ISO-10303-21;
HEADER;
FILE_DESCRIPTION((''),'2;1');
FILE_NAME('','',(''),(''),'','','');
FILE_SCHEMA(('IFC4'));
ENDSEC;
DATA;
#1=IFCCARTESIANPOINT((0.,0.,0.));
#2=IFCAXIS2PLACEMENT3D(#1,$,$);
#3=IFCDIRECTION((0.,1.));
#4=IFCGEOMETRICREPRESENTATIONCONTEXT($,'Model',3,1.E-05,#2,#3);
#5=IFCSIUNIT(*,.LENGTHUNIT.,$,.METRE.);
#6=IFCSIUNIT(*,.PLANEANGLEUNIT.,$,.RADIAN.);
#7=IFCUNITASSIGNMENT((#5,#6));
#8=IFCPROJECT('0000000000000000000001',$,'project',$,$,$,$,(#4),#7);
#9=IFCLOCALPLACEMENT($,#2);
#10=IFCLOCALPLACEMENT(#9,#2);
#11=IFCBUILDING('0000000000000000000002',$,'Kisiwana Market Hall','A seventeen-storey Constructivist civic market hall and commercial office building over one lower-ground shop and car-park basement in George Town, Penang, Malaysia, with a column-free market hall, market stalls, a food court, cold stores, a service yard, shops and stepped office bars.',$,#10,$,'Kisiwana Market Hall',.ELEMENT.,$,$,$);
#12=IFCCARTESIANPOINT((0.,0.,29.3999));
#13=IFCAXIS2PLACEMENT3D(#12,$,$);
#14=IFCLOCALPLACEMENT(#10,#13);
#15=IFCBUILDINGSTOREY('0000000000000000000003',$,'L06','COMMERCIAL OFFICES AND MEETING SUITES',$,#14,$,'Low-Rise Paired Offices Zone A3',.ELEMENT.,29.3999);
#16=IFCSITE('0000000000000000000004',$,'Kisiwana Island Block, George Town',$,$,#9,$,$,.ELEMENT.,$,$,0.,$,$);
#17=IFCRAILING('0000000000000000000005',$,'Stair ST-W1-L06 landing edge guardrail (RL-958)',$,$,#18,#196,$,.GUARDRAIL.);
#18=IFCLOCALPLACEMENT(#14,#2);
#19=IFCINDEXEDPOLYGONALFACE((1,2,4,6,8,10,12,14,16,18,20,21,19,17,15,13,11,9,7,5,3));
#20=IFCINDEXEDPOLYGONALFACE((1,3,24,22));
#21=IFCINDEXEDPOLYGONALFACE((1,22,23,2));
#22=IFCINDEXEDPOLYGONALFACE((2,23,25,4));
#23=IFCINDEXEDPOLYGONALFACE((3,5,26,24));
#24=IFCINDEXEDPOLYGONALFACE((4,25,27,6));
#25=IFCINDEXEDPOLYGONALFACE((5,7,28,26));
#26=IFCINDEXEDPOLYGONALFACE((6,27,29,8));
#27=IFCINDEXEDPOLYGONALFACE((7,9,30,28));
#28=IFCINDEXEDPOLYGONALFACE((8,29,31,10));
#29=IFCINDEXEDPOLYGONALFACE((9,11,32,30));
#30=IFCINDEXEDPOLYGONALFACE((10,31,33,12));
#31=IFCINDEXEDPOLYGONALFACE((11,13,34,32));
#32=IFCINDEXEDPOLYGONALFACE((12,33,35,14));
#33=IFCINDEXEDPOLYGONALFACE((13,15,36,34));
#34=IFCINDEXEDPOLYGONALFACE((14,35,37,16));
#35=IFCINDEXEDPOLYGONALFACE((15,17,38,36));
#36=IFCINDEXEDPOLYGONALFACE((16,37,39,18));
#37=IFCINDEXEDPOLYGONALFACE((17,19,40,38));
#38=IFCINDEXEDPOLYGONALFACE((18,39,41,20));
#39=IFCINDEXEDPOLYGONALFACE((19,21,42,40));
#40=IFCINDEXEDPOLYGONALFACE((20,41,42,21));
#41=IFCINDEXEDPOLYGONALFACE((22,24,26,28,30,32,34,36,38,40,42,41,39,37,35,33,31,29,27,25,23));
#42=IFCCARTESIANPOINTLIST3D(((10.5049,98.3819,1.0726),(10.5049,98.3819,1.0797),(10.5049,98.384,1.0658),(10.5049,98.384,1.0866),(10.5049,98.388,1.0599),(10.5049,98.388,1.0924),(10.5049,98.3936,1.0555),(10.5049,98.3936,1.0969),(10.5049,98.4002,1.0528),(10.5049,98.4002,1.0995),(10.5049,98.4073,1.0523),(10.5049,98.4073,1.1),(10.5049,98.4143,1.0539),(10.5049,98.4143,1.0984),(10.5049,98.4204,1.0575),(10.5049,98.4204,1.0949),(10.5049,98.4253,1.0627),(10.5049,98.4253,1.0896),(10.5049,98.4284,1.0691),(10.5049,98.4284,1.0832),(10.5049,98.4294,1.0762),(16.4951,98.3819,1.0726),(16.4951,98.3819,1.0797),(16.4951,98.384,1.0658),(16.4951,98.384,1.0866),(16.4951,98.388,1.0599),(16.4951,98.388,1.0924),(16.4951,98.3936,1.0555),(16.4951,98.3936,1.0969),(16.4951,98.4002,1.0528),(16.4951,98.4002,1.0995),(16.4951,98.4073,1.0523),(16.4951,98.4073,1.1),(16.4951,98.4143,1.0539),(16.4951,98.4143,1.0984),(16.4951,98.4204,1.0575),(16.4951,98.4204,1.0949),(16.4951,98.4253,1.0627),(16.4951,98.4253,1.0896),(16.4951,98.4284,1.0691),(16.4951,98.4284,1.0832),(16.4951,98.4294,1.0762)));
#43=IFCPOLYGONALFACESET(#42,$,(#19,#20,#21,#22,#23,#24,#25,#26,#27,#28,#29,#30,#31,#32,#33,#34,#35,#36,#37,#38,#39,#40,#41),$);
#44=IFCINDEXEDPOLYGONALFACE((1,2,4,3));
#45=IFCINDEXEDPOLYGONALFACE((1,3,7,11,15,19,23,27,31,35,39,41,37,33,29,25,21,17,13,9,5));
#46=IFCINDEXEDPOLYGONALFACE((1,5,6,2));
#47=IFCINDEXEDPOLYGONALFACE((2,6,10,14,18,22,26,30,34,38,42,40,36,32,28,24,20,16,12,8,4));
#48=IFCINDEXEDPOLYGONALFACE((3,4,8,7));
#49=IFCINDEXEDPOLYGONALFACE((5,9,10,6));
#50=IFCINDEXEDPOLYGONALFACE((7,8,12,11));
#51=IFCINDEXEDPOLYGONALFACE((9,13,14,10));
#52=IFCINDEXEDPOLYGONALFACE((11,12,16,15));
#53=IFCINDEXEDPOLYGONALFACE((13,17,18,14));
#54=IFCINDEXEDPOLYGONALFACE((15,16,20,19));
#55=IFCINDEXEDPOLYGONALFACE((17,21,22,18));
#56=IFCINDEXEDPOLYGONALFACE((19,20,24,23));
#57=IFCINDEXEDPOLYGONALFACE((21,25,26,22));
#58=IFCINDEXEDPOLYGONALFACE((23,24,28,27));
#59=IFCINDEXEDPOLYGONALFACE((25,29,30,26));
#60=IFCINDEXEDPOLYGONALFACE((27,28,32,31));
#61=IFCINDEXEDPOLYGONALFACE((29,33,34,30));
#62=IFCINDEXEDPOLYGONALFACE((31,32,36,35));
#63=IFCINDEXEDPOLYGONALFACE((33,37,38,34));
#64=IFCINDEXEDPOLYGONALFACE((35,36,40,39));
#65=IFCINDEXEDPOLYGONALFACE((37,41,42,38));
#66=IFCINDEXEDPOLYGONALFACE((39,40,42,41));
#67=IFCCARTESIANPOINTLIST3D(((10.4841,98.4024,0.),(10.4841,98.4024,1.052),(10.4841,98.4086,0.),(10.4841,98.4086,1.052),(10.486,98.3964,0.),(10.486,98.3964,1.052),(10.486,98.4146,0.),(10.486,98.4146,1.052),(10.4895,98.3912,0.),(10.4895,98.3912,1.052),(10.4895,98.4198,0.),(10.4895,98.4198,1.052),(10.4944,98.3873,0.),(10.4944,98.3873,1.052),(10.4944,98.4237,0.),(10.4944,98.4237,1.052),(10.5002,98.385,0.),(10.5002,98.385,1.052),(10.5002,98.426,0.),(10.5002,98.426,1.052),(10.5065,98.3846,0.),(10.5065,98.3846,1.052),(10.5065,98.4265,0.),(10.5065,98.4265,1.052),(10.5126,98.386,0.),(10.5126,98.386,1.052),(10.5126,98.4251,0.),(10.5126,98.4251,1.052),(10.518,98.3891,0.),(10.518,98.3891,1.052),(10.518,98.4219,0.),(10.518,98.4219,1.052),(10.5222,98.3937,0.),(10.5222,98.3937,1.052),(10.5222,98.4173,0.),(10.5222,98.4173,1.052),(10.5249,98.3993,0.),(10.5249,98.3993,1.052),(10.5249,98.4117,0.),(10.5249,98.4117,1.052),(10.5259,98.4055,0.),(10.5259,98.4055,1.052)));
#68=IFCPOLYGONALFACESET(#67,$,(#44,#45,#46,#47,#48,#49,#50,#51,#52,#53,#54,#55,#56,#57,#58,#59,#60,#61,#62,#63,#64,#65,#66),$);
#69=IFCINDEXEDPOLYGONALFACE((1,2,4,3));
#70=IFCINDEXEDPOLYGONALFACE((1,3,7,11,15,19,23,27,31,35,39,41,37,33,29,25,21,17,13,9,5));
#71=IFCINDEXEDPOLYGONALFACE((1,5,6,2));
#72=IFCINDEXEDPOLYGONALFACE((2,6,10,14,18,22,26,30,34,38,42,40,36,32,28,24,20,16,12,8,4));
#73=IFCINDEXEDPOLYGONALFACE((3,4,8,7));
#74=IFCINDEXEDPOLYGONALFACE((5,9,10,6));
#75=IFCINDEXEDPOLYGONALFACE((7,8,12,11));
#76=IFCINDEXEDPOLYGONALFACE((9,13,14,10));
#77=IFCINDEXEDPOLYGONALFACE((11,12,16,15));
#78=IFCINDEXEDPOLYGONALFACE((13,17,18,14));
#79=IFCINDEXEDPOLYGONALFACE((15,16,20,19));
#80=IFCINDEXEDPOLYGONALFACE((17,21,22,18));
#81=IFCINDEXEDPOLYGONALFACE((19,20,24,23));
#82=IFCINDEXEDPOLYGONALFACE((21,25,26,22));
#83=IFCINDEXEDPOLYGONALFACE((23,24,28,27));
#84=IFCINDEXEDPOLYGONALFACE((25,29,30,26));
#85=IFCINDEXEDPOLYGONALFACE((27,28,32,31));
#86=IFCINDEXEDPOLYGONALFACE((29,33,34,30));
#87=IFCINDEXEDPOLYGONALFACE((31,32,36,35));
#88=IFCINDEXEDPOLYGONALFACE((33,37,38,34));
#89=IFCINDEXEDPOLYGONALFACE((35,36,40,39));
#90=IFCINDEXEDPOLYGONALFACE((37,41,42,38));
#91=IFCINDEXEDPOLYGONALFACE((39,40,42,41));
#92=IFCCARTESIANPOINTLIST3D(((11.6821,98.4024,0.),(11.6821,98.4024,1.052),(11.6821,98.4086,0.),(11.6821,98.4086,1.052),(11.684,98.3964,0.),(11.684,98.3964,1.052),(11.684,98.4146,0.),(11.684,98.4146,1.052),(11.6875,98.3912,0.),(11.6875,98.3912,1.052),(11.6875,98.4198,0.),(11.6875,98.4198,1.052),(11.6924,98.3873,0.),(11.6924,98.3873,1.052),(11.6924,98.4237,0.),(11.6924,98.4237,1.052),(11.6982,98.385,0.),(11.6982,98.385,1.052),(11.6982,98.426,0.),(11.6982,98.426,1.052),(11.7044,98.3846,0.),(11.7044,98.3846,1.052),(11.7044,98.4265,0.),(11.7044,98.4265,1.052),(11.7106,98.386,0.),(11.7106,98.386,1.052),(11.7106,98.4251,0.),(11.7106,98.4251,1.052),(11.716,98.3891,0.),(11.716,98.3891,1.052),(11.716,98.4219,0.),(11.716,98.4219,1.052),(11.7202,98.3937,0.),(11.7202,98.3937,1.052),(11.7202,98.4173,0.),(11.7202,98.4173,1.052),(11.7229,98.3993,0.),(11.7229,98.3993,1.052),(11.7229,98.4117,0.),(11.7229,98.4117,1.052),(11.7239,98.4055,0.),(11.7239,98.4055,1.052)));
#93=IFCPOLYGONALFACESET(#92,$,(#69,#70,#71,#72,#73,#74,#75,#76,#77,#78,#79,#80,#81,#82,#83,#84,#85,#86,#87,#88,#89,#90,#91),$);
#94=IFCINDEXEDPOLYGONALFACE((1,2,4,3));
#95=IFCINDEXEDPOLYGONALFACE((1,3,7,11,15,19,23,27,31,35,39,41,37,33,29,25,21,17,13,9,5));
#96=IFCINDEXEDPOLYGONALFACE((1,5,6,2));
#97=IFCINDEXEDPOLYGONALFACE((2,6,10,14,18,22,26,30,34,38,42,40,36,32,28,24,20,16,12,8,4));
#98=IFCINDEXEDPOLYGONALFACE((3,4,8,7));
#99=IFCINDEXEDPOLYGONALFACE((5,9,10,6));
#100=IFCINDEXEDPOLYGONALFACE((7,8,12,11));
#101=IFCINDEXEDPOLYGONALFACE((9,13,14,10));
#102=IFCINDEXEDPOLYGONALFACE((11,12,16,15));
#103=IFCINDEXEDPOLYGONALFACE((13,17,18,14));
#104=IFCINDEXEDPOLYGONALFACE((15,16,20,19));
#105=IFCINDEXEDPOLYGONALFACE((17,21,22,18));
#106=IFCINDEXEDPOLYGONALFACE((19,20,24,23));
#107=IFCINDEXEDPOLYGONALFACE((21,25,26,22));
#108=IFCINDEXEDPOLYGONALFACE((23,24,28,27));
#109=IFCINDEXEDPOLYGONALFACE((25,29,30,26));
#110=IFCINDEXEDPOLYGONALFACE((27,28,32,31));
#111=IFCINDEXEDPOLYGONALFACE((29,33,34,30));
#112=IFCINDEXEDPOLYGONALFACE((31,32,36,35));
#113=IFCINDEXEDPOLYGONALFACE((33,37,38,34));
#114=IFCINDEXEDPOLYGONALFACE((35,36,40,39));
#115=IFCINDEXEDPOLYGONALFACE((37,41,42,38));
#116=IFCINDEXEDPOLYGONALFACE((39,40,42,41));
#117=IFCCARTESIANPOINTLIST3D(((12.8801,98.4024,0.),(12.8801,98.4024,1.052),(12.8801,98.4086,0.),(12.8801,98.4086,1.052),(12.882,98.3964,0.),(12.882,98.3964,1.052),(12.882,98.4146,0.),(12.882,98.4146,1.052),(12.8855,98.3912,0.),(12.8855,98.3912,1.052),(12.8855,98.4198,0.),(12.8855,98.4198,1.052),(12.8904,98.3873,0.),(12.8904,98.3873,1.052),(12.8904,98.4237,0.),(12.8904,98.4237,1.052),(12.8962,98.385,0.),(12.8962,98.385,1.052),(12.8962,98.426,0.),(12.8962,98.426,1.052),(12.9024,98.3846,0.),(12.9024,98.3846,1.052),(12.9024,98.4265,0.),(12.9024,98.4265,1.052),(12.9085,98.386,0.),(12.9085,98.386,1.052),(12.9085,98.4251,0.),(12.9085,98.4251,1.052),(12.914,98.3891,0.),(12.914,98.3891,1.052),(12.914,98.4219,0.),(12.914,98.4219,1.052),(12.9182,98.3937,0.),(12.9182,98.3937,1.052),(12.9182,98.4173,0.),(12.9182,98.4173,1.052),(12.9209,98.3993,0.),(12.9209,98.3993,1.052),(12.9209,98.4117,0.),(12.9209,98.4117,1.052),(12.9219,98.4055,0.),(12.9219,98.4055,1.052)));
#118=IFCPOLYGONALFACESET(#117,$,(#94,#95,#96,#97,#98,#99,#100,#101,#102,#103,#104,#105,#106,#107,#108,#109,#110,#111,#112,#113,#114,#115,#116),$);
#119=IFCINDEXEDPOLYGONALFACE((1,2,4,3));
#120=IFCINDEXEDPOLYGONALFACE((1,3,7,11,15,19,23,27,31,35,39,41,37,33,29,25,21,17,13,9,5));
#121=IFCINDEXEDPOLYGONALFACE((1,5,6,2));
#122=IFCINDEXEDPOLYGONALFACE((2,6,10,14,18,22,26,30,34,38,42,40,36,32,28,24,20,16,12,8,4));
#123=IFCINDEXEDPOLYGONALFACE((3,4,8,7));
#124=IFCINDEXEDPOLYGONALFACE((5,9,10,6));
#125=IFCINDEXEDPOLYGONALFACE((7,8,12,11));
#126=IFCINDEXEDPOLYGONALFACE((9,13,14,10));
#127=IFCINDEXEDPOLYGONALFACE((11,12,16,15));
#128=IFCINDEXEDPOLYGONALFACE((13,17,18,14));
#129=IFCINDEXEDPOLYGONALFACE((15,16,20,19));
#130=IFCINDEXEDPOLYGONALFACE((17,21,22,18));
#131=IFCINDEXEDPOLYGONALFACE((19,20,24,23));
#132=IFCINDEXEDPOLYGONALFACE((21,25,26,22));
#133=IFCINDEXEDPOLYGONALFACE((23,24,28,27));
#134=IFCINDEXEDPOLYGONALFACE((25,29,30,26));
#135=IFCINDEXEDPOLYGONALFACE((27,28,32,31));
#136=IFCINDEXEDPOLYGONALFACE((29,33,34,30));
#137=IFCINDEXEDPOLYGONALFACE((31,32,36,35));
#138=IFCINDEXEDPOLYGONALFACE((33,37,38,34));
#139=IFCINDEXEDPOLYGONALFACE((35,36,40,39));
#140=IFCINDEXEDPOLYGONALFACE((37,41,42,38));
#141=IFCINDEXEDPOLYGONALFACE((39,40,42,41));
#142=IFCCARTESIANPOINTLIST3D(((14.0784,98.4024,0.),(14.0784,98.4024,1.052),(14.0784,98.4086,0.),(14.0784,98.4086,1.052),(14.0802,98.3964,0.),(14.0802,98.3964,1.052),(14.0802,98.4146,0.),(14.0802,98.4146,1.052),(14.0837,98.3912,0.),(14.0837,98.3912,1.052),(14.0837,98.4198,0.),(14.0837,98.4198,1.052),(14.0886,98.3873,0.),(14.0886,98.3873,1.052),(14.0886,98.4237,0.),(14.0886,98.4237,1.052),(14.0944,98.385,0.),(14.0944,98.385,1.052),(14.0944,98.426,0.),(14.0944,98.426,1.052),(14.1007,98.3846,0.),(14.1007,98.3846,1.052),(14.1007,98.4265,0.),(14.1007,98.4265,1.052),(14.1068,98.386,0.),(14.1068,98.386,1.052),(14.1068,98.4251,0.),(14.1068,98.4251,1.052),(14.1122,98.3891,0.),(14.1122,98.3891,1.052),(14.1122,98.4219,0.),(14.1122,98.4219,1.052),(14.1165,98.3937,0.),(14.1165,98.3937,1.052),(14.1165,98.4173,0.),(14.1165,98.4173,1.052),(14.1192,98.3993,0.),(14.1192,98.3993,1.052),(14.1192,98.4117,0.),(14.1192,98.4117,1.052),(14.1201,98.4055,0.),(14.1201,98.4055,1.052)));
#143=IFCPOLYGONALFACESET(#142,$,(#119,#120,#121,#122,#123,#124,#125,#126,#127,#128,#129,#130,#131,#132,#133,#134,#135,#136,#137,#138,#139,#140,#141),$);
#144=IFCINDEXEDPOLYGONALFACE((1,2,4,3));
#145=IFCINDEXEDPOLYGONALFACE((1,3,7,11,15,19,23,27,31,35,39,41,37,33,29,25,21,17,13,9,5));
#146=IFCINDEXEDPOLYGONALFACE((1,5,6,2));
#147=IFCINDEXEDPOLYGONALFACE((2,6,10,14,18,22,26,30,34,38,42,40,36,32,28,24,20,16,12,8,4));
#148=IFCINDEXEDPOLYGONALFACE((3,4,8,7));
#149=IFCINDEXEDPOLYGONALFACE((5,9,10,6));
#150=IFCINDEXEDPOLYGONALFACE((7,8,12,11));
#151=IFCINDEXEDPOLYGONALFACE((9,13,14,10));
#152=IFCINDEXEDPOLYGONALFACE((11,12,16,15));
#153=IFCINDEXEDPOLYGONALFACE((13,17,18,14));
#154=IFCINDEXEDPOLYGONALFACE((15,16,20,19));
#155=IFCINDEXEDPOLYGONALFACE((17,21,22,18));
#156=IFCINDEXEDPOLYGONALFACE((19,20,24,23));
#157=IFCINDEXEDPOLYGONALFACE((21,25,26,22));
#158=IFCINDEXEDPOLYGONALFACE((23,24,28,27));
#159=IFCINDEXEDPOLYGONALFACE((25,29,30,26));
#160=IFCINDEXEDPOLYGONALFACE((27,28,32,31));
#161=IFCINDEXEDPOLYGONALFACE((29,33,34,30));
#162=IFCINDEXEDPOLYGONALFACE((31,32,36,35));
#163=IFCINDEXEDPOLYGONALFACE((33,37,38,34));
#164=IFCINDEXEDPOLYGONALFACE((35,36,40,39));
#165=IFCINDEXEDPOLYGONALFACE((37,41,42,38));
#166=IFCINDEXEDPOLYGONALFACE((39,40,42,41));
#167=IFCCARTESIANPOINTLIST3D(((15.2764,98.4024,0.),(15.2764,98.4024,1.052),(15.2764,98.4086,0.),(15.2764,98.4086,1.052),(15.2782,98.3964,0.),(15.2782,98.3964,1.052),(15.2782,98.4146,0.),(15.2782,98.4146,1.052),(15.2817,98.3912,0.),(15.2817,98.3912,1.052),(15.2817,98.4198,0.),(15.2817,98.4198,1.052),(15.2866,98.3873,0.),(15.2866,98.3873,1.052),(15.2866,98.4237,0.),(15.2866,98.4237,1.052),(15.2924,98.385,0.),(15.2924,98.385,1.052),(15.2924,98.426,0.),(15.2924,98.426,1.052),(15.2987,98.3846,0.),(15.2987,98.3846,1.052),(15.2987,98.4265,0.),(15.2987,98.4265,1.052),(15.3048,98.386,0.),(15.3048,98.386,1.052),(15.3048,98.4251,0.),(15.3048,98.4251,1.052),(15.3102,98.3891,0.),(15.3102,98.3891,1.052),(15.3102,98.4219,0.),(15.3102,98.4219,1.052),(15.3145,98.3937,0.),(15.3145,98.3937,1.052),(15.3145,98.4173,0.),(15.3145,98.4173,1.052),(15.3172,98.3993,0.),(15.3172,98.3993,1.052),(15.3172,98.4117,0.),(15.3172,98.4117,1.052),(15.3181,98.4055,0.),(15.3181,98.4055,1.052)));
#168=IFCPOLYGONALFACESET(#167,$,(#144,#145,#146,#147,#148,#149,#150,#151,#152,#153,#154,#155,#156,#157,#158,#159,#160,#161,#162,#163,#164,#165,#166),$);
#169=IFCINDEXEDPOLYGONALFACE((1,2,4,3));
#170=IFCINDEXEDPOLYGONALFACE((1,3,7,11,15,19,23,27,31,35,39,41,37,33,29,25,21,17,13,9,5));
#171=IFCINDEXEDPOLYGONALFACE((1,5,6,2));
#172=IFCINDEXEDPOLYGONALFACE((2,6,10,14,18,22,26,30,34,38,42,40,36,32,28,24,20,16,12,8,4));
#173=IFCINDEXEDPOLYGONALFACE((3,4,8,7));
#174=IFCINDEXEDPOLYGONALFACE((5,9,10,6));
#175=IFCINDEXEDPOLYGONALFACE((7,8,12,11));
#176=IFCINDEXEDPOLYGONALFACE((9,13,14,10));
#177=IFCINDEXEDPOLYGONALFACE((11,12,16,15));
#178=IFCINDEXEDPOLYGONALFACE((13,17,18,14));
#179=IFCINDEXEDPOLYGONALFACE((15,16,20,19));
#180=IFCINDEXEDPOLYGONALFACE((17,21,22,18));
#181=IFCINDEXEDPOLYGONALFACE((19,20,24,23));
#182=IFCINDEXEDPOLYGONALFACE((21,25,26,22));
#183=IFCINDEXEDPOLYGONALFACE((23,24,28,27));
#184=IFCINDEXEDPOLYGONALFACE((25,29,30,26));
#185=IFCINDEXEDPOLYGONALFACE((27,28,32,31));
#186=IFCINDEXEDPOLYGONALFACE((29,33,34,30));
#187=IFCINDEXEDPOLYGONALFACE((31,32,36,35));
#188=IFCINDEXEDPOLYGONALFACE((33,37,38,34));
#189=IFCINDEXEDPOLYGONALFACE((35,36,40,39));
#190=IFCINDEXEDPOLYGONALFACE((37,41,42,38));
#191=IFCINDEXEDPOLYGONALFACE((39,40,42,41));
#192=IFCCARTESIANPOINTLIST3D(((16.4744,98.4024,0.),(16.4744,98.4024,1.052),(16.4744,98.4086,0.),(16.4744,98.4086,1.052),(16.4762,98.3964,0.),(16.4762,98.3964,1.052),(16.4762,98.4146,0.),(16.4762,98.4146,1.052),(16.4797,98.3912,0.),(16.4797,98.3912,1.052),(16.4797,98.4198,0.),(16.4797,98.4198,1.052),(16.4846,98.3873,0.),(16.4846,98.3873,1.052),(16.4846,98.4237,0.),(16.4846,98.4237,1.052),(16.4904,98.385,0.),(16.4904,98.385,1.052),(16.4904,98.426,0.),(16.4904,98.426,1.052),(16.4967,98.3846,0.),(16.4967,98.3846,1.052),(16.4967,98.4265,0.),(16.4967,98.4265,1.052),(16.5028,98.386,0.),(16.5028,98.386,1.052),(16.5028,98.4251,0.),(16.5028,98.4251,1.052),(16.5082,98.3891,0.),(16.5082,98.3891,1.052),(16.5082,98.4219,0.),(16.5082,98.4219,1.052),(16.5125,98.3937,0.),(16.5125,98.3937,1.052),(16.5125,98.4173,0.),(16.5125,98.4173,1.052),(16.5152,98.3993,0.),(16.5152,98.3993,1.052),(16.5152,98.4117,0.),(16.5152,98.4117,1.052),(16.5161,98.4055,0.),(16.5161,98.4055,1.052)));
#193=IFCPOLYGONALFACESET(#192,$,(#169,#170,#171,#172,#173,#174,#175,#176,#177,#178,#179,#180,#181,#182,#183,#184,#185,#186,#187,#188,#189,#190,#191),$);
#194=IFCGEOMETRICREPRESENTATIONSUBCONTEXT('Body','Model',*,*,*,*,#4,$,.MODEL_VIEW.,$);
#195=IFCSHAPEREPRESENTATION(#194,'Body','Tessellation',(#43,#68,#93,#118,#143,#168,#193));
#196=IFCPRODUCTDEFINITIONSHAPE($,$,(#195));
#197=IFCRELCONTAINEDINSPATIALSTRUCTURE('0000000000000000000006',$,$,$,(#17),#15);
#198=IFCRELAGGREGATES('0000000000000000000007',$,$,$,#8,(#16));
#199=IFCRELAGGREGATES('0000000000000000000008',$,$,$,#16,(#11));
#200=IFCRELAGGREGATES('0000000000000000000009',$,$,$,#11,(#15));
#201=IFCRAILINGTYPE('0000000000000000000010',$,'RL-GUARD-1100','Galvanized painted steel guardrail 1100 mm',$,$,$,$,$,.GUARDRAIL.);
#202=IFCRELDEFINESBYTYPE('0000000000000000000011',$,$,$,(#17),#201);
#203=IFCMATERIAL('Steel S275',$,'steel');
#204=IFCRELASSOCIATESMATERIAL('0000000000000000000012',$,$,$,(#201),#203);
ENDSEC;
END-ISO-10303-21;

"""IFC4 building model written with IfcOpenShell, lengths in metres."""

from ifc_helpers import new_model, si_unit, direction, frame, origin, origin_2d, place, context, subcontext, project, spatial, circle, extrude, material, type_object, element, save


model = new_model("IFC4")

# Units and contexts
model_context = context("Model", 3, precision=1e-05, world=origin(), true_north=direction((0.0, 1.0)))
body_context = subcontext(model_context, "Body", "Model", "MODEL_VIEW")
ifc_project = project(units=[si_unit("LENGTHUNIT", "METRE"), si_unit("PLANEANGLEUNIT", "RADIAN")], contexts=[model_context])

# Site, building, storey
site_placement = place(None, origin())
site = spatial("IfcSite", under=ifc_project, at=site_placement, Name="Kisiwana Island Block, George Town", CompositionType="ELEMENT", RefElevation=0.0)
building_placement = place(site_placement, origin())
building = spatial("IfcBuilding", under=site, at=building_placement, Name="Kisiwana Market Hall", Description="A seventeen-storey Constructivist civic market hall and commercial office building over one lower-ground shop and car-park basement in George Town, Penang, Malaysia, with a column-free market hall, market stalls, a food court, cold stores, a service yard, shops and stepped office bars.", LongName="Kisiwana Market Hall", CompositionType="ELEMENT")
storey_placement = place(building_placement, frame((0.0, 0.0, 29.3999)))
storey = spatial("IfcBuildingStorey", under=building, at=storey_placement, Name="L06", Description="COMMERCIAL OFFICES AND MEETING SUITES", LongName="Low-Rise Paired Offices Zone A3", CompositionType="ELEMENT", Elevation=29.3999)

# Railing
ifc_material_1 = material(Name="Steel S275", Category="steel")
railing_type_1 = type_object("IfcRailingType", Name="RL-GUARD-1100", Description="Galvanized painted steel guardrail 1100 mm", PredefinedType="GUARDRAIL", material=ifc_material_1)
railing_1_placement = place(storey_placement, frame((10.5049, 98.4055, 0.0)))
element("IfcRailing", 1, at=railing_1_placement, inside=storey, type_object=railing_type_1, Name="Stair ST-W1-L06 landing edge guardrail (RL-958)", PredefinedType="GUARDRAIL", context=body_context, shape_type="SweptSolid", body=[
    extrude(circle(Radius=0.0239, at=origin_2d()), frame((0.0, 0.0, 1.0762), z_axis=(1.0, 0.0, 0.0), x_axis=(0.0, 1.0, 0.0)), (0.0, 0.0, 1.0), 5.9902),
    extrude(circle(Radius=0.021, at=origin_2d()), origin(), (0.0, 0.0, 1.0), 1.052),
    extrude(circle(Radius=0.021, at=origin_2d()), frame((1.198, 0.0, 0.0)), (0.0, 0.0, 1.0), 1.052),
    extrude(circle(Radius=0.021, at=origin_2d()), frame((2.396, 0.0, 0.0)), (0.0, 0.0, 1.0), 1.052),
    extrude(circle(Radius=0.021, at=origin_2d()), frame((3.5942, 0.0, 0.0)), (0.0, 0.0, 1.0), 1.052),
    extrude(circle(Radius=0.021, at=origin_2d()), frame((4.7922, 0.0, 0.0)), (0.0, 0.0, 1.0), 1.052),
    extrude(circle(Radius=0.021, at=origin_2d()), frame((5.9902, 0.0, 0.0)), (0.0, 0.0, 1.0), 1.052),
])

save(model, "model.ifc")
